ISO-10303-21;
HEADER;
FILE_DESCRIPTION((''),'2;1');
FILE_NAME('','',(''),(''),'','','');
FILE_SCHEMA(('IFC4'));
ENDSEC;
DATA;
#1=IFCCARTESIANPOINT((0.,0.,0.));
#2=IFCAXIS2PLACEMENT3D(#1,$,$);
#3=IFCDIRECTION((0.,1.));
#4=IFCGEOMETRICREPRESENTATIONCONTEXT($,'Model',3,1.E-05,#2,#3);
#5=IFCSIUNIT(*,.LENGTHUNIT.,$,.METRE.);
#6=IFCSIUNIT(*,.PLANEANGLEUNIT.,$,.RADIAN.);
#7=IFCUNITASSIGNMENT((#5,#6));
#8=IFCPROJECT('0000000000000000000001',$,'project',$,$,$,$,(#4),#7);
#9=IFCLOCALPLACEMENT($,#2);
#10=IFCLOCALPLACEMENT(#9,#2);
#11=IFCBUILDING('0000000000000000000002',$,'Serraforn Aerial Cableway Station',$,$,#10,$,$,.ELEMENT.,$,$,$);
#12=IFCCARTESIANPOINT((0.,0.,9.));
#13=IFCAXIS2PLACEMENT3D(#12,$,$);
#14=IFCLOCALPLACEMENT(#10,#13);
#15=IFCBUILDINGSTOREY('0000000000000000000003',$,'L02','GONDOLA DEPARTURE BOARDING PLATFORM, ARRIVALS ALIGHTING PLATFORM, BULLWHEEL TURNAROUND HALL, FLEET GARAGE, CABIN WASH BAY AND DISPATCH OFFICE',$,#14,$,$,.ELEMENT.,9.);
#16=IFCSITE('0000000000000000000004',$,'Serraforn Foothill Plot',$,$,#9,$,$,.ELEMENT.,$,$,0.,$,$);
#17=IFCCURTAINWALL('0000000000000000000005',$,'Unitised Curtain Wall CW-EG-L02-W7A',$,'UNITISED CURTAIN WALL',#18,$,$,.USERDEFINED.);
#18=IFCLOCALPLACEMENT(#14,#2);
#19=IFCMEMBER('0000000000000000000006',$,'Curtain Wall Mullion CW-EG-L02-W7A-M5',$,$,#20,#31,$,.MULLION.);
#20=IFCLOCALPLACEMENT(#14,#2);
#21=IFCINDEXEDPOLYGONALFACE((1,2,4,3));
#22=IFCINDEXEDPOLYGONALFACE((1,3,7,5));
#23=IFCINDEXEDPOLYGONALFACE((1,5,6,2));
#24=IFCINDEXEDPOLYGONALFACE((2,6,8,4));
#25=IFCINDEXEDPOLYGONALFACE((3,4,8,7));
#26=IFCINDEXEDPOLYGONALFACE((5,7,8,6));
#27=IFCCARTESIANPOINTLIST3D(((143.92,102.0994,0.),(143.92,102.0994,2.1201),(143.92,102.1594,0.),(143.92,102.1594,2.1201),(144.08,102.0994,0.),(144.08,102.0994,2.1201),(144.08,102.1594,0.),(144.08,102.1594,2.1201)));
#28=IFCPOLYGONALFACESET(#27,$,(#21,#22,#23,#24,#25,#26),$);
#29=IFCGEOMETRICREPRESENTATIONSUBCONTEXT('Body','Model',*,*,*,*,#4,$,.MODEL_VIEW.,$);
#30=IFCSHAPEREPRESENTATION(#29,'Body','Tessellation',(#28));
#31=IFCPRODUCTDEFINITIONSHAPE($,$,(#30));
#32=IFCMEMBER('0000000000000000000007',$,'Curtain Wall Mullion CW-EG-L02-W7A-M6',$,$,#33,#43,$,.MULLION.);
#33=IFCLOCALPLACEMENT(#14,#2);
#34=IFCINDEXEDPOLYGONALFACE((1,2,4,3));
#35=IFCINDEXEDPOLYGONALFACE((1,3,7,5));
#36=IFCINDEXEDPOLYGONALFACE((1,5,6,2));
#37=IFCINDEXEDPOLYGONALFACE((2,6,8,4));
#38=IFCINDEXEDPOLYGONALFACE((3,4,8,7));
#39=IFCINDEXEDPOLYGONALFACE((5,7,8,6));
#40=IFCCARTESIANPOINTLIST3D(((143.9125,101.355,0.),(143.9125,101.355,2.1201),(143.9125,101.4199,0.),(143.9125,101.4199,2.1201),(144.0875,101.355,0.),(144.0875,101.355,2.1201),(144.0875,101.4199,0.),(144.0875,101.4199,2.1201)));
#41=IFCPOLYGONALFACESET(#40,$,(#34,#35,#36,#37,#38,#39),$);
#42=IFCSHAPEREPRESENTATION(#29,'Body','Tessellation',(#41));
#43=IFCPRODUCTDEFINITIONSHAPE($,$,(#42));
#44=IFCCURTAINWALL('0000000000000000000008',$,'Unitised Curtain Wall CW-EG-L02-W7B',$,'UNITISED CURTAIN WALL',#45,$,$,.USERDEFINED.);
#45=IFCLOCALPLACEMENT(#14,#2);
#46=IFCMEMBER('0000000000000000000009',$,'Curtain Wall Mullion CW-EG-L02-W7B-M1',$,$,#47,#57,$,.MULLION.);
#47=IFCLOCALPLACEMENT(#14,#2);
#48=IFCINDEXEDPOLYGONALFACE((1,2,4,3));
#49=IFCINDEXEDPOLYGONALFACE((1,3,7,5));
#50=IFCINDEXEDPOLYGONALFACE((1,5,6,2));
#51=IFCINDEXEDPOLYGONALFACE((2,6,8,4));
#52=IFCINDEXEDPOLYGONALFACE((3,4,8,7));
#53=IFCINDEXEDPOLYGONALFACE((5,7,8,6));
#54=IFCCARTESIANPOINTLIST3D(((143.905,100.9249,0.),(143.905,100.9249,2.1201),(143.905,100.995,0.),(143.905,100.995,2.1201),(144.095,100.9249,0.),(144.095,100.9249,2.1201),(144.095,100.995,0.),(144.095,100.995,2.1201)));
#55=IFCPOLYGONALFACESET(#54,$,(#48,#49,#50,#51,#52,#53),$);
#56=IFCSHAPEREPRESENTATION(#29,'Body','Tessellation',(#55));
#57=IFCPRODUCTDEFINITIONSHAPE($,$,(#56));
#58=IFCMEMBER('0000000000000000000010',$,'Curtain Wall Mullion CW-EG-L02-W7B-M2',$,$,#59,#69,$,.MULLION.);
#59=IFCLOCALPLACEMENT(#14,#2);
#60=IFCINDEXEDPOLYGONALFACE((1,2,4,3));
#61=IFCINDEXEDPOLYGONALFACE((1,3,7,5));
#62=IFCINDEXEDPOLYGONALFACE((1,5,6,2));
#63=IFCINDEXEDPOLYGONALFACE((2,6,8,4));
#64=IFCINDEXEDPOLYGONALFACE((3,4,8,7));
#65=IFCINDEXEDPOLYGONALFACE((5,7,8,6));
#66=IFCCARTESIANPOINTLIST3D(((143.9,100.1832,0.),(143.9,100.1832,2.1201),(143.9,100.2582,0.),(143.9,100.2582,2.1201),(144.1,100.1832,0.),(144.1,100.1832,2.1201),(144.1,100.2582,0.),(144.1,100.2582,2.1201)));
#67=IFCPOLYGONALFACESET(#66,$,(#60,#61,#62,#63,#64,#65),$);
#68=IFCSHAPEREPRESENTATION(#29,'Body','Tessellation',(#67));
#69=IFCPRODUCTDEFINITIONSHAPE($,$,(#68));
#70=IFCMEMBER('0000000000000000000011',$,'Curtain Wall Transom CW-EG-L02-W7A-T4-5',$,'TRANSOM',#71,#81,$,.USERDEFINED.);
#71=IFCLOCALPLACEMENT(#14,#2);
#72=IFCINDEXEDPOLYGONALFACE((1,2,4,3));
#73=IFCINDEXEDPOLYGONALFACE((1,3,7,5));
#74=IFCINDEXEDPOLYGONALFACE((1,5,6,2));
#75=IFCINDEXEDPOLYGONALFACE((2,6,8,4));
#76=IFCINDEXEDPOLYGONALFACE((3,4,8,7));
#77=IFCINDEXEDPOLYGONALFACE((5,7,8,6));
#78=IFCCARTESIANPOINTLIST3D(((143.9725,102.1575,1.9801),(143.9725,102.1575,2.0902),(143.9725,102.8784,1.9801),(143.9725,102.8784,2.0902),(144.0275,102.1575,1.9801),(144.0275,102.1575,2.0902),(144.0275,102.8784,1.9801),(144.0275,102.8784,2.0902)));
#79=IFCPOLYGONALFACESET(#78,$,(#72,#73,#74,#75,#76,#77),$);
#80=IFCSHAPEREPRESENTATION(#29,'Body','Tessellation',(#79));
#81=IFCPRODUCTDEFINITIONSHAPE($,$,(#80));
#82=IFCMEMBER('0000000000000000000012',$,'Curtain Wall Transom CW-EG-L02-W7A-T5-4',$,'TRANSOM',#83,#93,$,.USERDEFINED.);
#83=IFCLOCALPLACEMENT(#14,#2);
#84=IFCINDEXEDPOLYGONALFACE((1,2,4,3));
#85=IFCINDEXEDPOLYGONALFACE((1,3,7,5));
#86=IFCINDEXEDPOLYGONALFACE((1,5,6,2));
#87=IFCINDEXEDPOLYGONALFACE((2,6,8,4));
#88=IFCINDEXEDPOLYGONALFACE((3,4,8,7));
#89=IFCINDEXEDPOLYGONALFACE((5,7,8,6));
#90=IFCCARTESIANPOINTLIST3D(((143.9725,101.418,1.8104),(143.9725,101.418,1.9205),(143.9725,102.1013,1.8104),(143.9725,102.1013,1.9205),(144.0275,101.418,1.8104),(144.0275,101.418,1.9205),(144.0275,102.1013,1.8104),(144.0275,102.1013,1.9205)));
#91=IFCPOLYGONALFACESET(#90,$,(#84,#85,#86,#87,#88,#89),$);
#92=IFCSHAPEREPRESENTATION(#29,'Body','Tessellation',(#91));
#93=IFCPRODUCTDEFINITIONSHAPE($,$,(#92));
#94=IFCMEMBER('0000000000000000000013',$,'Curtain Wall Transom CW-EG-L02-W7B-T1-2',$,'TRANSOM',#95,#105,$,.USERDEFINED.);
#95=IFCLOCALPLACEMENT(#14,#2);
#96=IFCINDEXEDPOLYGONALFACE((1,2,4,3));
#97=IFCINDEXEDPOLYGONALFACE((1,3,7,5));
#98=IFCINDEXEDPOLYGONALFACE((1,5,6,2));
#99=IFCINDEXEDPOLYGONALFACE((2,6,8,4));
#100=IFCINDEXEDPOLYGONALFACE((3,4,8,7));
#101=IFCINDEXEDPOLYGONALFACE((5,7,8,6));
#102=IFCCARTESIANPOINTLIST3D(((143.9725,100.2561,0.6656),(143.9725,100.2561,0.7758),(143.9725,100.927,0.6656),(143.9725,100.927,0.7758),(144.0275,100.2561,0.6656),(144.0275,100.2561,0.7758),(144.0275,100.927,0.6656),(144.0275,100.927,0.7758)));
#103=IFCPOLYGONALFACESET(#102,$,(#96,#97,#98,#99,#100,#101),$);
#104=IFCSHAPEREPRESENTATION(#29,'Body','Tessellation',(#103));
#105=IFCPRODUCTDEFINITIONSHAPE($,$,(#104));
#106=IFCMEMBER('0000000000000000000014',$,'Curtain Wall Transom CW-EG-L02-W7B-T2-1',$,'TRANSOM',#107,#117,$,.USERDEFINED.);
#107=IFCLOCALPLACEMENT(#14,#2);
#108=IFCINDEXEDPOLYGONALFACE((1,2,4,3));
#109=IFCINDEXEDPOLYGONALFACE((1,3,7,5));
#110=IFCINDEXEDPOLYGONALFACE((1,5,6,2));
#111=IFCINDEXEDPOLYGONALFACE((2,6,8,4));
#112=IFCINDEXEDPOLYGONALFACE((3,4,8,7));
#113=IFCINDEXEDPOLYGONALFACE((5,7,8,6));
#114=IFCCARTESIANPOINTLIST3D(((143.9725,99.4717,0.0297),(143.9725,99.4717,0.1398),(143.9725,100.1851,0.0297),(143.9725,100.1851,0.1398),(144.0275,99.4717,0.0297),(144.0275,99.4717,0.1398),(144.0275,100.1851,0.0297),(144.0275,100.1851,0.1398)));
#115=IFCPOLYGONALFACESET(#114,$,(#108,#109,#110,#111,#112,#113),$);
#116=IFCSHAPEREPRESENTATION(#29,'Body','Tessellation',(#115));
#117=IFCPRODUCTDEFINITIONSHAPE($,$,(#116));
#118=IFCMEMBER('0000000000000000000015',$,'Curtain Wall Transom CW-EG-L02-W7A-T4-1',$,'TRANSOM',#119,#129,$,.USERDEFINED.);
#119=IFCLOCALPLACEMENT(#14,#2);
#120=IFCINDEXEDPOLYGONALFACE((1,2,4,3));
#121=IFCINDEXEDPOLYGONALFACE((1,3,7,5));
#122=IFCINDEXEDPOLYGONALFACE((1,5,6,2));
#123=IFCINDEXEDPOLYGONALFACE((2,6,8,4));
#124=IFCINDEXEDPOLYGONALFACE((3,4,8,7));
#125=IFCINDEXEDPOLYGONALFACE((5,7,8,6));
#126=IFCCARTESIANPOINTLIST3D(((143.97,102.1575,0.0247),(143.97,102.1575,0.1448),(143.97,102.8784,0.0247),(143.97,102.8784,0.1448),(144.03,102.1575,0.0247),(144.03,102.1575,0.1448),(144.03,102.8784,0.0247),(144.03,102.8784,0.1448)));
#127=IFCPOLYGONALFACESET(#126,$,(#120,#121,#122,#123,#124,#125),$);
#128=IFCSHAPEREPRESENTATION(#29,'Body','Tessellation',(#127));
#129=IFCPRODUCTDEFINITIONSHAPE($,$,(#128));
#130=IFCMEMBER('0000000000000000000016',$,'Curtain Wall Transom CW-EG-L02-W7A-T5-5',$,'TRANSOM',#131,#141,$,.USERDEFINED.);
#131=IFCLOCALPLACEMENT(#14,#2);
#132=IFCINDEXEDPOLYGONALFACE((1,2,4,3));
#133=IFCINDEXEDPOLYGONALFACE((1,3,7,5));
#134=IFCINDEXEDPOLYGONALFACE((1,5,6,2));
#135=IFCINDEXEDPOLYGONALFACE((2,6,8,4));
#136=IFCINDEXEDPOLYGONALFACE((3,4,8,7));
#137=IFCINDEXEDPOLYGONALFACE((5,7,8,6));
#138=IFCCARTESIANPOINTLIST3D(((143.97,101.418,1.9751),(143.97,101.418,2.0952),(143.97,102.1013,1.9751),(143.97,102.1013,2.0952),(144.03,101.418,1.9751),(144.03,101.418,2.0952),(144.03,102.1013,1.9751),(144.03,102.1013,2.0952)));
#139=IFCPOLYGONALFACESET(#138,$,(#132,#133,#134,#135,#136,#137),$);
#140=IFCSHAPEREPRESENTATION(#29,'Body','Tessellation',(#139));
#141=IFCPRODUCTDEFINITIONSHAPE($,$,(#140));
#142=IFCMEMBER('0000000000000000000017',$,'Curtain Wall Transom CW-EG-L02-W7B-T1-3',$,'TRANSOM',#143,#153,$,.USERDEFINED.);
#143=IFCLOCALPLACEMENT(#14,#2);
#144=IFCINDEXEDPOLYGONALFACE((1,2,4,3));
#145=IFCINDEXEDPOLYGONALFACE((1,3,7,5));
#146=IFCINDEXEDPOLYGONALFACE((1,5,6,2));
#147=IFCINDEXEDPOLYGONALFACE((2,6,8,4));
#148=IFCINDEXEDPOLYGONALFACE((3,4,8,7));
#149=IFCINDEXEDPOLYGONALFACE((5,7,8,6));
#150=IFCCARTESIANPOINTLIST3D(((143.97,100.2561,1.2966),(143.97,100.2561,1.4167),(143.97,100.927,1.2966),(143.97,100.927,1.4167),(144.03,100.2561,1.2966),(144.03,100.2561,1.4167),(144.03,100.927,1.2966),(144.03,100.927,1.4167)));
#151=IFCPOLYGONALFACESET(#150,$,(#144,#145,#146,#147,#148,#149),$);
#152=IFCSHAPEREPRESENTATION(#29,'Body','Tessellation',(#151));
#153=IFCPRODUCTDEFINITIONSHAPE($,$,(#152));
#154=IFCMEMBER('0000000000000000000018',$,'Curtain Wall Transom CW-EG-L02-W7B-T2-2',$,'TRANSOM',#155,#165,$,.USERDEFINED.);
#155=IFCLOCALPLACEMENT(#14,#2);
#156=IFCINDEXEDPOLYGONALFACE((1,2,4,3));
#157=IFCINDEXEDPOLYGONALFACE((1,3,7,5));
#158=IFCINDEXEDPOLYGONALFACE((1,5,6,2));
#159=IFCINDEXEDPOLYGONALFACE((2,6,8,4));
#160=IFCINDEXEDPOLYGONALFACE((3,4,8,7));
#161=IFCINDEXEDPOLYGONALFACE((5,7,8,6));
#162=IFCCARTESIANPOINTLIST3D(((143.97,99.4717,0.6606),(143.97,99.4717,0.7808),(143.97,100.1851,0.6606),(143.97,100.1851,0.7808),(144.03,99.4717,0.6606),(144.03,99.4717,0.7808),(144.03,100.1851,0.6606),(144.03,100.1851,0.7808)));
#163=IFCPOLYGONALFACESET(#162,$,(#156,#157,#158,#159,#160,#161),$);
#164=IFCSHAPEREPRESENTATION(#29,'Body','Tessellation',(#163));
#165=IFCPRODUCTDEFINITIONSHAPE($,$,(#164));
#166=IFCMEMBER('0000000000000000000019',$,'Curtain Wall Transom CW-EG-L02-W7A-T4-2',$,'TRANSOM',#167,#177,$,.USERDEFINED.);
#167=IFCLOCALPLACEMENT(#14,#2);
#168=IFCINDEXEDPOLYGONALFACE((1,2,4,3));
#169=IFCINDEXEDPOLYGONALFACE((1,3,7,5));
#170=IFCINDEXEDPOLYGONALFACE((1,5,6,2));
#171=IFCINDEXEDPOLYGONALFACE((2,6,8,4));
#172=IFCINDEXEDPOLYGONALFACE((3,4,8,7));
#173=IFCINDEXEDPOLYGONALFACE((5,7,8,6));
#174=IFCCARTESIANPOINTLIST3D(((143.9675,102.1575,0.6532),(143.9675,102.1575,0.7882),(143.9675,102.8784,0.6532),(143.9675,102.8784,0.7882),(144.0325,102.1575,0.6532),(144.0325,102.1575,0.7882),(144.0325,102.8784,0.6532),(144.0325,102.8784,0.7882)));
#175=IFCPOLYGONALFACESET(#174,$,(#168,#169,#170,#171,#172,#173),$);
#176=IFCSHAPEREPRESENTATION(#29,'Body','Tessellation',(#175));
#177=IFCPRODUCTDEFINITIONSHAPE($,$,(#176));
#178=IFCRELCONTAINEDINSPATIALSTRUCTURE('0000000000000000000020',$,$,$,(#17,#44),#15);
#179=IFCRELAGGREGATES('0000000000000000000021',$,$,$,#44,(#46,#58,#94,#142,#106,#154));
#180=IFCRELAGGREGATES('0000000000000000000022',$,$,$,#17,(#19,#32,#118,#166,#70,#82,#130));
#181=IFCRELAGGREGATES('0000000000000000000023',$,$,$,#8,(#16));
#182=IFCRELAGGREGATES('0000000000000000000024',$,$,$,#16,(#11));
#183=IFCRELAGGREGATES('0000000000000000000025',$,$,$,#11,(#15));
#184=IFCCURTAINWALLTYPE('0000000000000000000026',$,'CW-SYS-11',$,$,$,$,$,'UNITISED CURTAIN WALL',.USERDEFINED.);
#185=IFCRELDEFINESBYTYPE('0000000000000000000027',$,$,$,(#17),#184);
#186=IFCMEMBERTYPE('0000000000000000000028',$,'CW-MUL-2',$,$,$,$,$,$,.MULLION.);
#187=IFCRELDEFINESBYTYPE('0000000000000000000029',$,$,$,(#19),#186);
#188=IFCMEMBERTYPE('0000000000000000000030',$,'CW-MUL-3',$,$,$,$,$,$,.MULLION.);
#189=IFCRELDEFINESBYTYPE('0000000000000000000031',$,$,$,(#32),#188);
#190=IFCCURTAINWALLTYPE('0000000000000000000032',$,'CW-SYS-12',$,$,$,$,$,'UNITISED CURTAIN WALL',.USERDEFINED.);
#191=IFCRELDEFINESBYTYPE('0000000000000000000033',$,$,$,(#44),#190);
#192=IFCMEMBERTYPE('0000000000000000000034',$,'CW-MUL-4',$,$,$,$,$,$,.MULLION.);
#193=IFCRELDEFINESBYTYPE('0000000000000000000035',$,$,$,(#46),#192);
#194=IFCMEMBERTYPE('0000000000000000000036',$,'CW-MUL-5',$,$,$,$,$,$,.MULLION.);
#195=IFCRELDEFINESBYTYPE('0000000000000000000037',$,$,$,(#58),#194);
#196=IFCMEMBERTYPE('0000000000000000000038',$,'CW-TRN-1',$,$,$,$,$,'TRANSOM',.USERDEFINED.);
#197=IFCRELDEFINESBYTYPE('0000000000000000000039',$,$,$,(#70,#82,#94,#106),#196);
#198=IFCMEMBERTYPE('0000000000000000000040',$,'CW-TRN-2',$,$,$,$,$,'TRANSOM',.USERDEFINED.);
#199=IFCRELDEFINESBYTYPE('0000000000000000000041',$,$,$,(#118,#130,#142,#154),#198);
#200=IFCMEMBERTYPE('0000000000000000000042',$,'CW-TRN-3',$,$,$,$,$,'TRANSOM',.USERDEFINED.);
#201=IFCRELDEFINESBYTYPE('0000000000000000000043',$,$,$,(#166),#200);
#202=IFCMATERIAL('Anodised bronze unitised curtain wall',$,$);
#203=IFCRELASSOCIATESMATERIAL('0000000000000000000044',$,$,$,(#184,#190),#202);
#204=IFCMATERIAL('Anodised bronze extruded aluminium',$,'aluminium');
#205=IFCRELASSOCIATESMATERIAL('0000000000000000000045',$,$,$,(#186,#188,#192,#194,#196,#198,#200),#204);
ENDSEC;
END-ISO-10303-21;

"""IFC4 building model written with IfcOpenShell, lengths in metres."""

from ifc_helpers import new_model, si_unit, direction, frame, origin, origin_2d, place, context, subcontext, project, spatial, rectangle, extrude, material, material_profile, profile_set, type_object, element, aggregate, save


model = new_model("IFC4")

# Units and contexts
model_context = context("Model", 3, precision=1e-05, world=origin(), true_north=direction((0.0, 1.0)))
body_context = subcontext(model_context, "Body", "Model", "MODEL_VIEW")
ifc_project = project(units=[si_unit("LENGTHUNIT", "METRE"), si_unit("PLANEANGLEUNIT", "RADIAN")], contexts=[model_context])

# Site, building, storey
site_placement = place(None, origin())
site = spatial("IfcSite", under=ifc_project, at=site_placement, Name="Serraforn Foothill Plot", CompositionType="ELEMENT", RefElevation=0.0)
building_placement = place(site_placement, origin())
building = spatial("IfcBuilding", under=site, at=building_placement, Name="Serraforn Aerial Cableway Station", CompositionType="ELEMENT")
storey_placement = place(building_placement, frame((0.0, 0.0, 9.0)))
storey = spatial("IfcBuildingStorey", under=building, at=storey_placement, Name="L02", Description="GONDOLA DEPARTURE BOARDING PLATFORM, ARRIVALS ALIGHTING PLATFORM, BULLWHEEL TURNAROUND HALL, FLEET GARAGE, CABIN WASH BAY AND DISPATCH OFFICE", CompositionType="ELEMENT", Elevation=9.0)

# Curtain walls, members
ifc_material_1 = material(Name="Anodised bronze unitised curtain wall")
curtain_wall_type_1 = type_object("IfcCurtainWallType", Name="CW-SYS-11", ElementType="UNITISED CURTAIN WALL", PredefinedType="USERDEFINED", material=ifc_material_1)
curtain_wall_1_placement = place(storey_placement, origin())
curtain_wall_1 = element("IfcCurtainWall", 1, at=curtain_wall_1_placement, inside=storey, type_object=curtain_wall_type_1, Name="Unitised Curtain Wall CW-EG-L02-W7A", ObjectType="UNITISED CURTAIN WALL", PredefinedType="USERDEFINED")
ifc_material_2 = material(Name="Anodised bronze extruded aluminium", Category="aluminium")
ifc_material_profile_1 = material_profile(ifc_material_2, rectangle(XDim=0.0601, YDim=0.1599, at=origin_2d()), Name="CW MULLION 60x160")
ifc_profile_set_1 = profile_set([ifc_material_profile_1], Name="Anodised bronze extruded aluminium")
member_type_1 = type_object("IfcMemberType", Name="CW-MUL-2", PredefinedType="MULLION", material=ifc_profile_set_1)
member_1_placement = place(storey_placement, frame((144.0, 102.1294, 0.0), z_axis=(0.0, 0.0, 1.0), x_axis=(0.0, -1.0, 0.0)))
member_1 = element("IfcMember", 2, at=member_1_placement, type_object=member_type_1, Name="Curtain Wall Mullion CW-EG-L02-W7A-M5", PredefinedType="MULLION", context=body_context, shape_type="SweptSolid", body=[
    extrude(rectangle(XDim=0.0601, YDim=0.1599, at=origin_2d()), origin(), (0.0, 0.0, 1.0), 2.1201),
])
ifc_material_profile_2 = material_profile(ifc_material_2, rectangle(XDim=0.0649, YDim=0.175, at=origin_2d()), Name="CW MULLION 65x175")
ifc_profile_set_2 = profile_set([ifc_material_profile_2], Name="Anodised bronze extruded aluminium")
member_type_2 = type_object("IfcMemberType", Name="CW-MUL-3", PredefinedType="MULLION", material=ifc_profile_set_2)
member_2_placement = place(storey_placement, frame((144.0, 101.3875, 0.0), z_axis=(0.0, 0.0, 1.0), x_axis=(0.0, -1.0, 0.0)))
member_2 = element("IfcMember", 3, at=member_2_placement, type_object=member_type_2, Name="Curtain Wall Mullion CW-EG-L02-W7A-M6", PredefinedType="MULLION", context=body_context, shape_type="SweptSolid", body=[
    extrude(rectangle(XDim=0.0649, YDim=0.175, at=origin_2d()), origin(), (0.0, 0.0, 1.0), 2.1201),
])
curtain_wall_type_2 = type_object("IfcCurtainWallType", Name="CW-SYS-12", ElementType="UNITISED CURTAIN WALL", PredefinedType="USERDEFINED", material=ifc_material_1)
curtain_wall_2_placement = place(storey_placement, origin())
curtain_wall_2 = element("IfcCurtainWall", 4, at=curtain_wall_2_placement, inside=storey, type_object=curtain_wall_type_2, Name="Unitised Curtain Wall CW-EG-L02-W7B", ObjectType="UNITISED CURTAIN WALL", PredefinedType="USERDEFINED")
ifc_material_profile_3 = material_profile(ifc_material_2, rectangle(XDim=0.0701, YDim=0.1899, at=origin_2d()), Name="CW MULLION 70x190")
ifc_profile_set_3 = profile_set([ifc_material_profile_3], Name="Anodised bronze extruded aluminium")
member_type_3 = type_object("IfcMemberType", Name="CW-MUL-4", PredefinedType="MULLION", material=ifc_profile_set_3)
member_3_placement = place(storey_placement, frame((144.0, 100.96, 0.0), z_axis=(0.0, 0.0, 1.0), x_axis=(0.0, -1.0, 0.0)))
member_3 = element("IfcMember", 5, at=member_3_placement, type_object=member_type_3, Name="Curtain Wall Mullion CW-EG-L02-W7B-M1", PredefinedType="MULLION", context=body_context, shape_type="SweptSolid", body=[
    extrude(rectangle(XDim=0.0701, YDim=0.1899, at=origin_2d()), origin(), (0.0, 0.0, 1.0), 2.1201),
])
ifc_material_profile_4 = material_profile(ifc_material_2, rectangle(XDim=0.075, YDim=0.2, at=origin_2d()), Name="CW MULLION 75x200")
ifc_profile_set_4 = profile_set([ifc_material_profile_4], Name="Anodised bronze extruded aluminium")
member_type_4 = type_object("IfcMemberType", Name="CW-MUL-5", PredefinedType="MULLION", material=ifc_profile_set_4)
member_4_placement = place(storey_placement, frame((144.0, 100.2207, 0.0), z_axis=(0.0, 0.0, 1.0), x_axis=(0.0, -1.0, 0.0)))
member_4 = element("IfcMember", 6, at=member_4_placement, type_object=member_type_4, Name="Curtain Wall Mullion CW-EG-L02-W7B-M2", PredefinedType="MULLION", context=body_context, shape_type="SweptSolid", body=[
    extrude(rectangle(XDim=0.075, YDim=0.2, at=origin_2d()), origin(), (0.0, 0.0, 1.0), 2.1201),
])

# Members
ifc_material_profile_5 = material_profile(ifc_material_2, rectangle(XDim=0.0549, YDim=0.1101, at=origin_2d()), Name="CW TRANSOM 55x110")
ifc_profile_set_5 = profile_set([ifc_material_profile_5], Name="Anodised bronze extruded aluminium")
member_type_5 = type_object("IfcMemberType", Name="CW-TRN-1", ElementType="TRANSOM", PredefinedType="USERDEFINED", material=ifc_profile_set_5)
member_5_placement = place(storey_placement, frame((144.0, 102.8784, 2.0352), z_axis=(0.0, -1.0, 0.0), x_axis=(1.0, 0.0, 0.0)))
member_5 = element("IfcMember", 7, at=member_5_placement, type_object=member_type_5, Name="Curtain Wall Transom CW-EG-L02-W7A-T4-5", ObjectType="TRANSOM", PredefinedType="USERDEFINED", context=body_context, shape_type="SweptSolid", body=[
    extrude(rectangle(XDim=0.0549, YDim=0.1101, at=origin_2d()), origin(), (0.0, 0.0, 1.0), 0.7209),
])
member_6_placement = place(storey_placement, frame((144.0, 102.1013, 1.8655), z_axis=(0.0, -1.0, 0.0), x_axis=(1.0, 0.0, 0.0)))
member_6 = element("IfcMember", 8, at=member_6_placement, type_object=member_type_5, Name="Curtain Wall Transom CW-EG-L02-W7A-T5-4", ObjectType="TRANSOM", PredefinedType="USERDEFINED", context=body_context, shape_type="SweptSolid", body=[
    extrude(rectangle(XDim=0.0549, YDim=0.1101, at=origin_2d()), origin(), (0.0, 0.0, 1.0), 0.6833),
])
member_7_placement = place(storey_placement, frame((144.0, 100.927, 0.7207), z_axis=(0.0, -1.0, 0.0), x_axis=(1.0, 0.0, 0.0)))
member_7 = element("IfcMember", 9, at=member_7_placement, type_object=member_type_5, Name="Curtain Wall Transom CW-EG-L02-W7B-T1-2", ObjectType="TRANSOM", PredefinedType="USERDEFINED", context=body_context, shape_type="SweptSolid", body=[
    extrude(rectangle(XDim=0.0549, YDim=0.1101, at=origin_2d()), origin(), (0.0, 0.0, 1.0), 0.6709),
])
member_8_placement = place(storey_placement, frame((144.0, 100.1851, 0.0847), z_axis=(0.0, -1.0, 0.0), x_axis=(1.0, 0.0, 0.0)))
member_8 = element("IfcMember", 10, at=member_8_placement, type_object=member_type_5, Name="Curtain Wall Transom CW-EG-L02-W7B-T2-1", ObjectType="TRANSOM", PredefinedType="USERDEFINED", context=body_context, shape_type="SweptSolid", body=[
    extrude(rectangle(XDim=0.0549, YDim=0.1101, at=origin_2d()), origin(), (0.0, 0.0, 1.0), 0.7134),
])
ifc_material_profile_6 = material_profile(ifc_material_2, rectangle(XDim=0.0601, YDim=0.1201, at=origin_2d()), Name="CW TRANSOM 60x120")
ifc_profile_set_6 = profile_set([ifc_material_profile_6], Name="Anodised bronze extruded aluminium")
member_type_6 = type_object("IfcMemberType", Name="CW-TRN-2", ElementType="TRANSOM", PredefinedType="USERDEFINED", material=ifc_profile_set_6)
member_9_placement = place(storey_placement, frame((144.0, 102.8784, 0.0847), z_axis=(0.0, -1.0, 0.0), x_axis=(1.0, 0.0, 0.0)))
member_9 = element("IfcMember", 11, at=member_9_placement, type_object=member_type_6, Name="Curtain Wall Transom CW-EG-L02-W7A-T4-1", ObjectType="TRANSOM", PredefinedType="USERDEFINED", context=body_context, shape_type="SweptSolid", body=[
    extrude(rectangle(XDim=0.0601, YDim=0.1201, at=origin_2d()), origin(), (0.0, 0.0, 1.0), 0.7209),
])
member_10_placement = place(storey_placement, frame((144.0, 102.1013, 2.0352), z_axis=(0.0, -1.0, 0.0), x_axis=(1.0, 0.0, 0.0)))
member_10 = element("IfcMember", 12, at=member_10_placement, type_object=member_type_6, Name="Curtain Wall Transom CW-EG-L02-W7A-T5-5", ObjectType="TRANSOM", PredefinedType="USERDEFINED", context=body_context, shape_type="SweptSolid", body=[
    extrude(rectangle(XDim=0.0601, YDim=0.1201, at=origin_2d()), origin(), (0.0, 0.0, 1.0), 0.6833),
])
member_11_placement = place(storey_placement, frame((144.0, 100.927, 1.3567), z_axis=(0.0, -1.0, 0.0), x_axis=(1.0, 0.0, 0.0)))
member_11 = element("IfcMember", 13, at=member_11_placement, type_object=member_type_6, Name="Curtain Wall Transom CW-EG-L02-W7B-T1-3", ObjectType="TRANSOM", PredefinedType="USERDEFINED", context=body_context, shape_type="SweptSolid", body=[
    extrude(rectangle(XDim=0.0601, YDim=0.1201, at=origin_2d()), origin(), (0.0, 0.0, 1.0), 0.6709),
])
member_12_placement = place(storey_placement, frame((144.0, 100.1851, 0.7207), z_axis=(0.0, -1.0, 0.0), x_axis=(1.0, 0.0, 0.0)))
member_12 = element("IfcMember", 14, at=member_12_placement, type_object=member_type_6, Name="Curtain Wall Transom CW-EG-L02-W7B-T2-2", ObjectType="TRANSOM", PredefinedType="USERDEFINED", context=body_context, shape_type="SweptSolid", body=[
    extrude(rectangle(XDim=0.0601, YDim=0.1201, at=origin_2d()), origin(), (0.0, 0.0, 1.0), 0.7134),
])
ifc_material_profile_7 = material_profile(ifc_material_2, rectangle(XDim=0.0649, YDim=0.135, at=origin_2d()), Name="CW TRANSOM 65x135")
ifc_profile_set_7 = profile_set([ifc_material_profile_7], Name="Anodised bronze extruded aluminium")
member_type_7 = type_object("IfcMemberType", Name="CW-TRN-3", ElementType="TRANSOM", PredefinedType="USERDEFINED", material=ifc_profile_set_7)
member_13_placement = place(storey_placement, frame((144.0, 102.8784, 0.7207), z_axis=(0.0, -1.0, 0.0), x_axis=(1.0, 0.0, 0.0)))
member_13 = element("IfcMember", 15, at=member_13_placement, type_object=member_type_7, Name="Curtain Wall Transom CW-EG-L02-W7A-T4-2", ObjectType="TRANSOM", PredefinedType="USERDEFINED", context=body_context, shape_type="SweptSolid", body=[
    extrude(rectangle(XDim=0.0649, YDim=0.135, at=origin_2d()), origin(), (0.0, 0.0, 1.0), 0.7209),
])

aggregate(curtain_wall_2, [member_3, member_4, member_7, member_11, member_8, member_12])
aggregate(curtain_wall_1, [member_1, member_2, member_9, member_13, member_5, member_6, member_10])

save(model, "model.ifc")
